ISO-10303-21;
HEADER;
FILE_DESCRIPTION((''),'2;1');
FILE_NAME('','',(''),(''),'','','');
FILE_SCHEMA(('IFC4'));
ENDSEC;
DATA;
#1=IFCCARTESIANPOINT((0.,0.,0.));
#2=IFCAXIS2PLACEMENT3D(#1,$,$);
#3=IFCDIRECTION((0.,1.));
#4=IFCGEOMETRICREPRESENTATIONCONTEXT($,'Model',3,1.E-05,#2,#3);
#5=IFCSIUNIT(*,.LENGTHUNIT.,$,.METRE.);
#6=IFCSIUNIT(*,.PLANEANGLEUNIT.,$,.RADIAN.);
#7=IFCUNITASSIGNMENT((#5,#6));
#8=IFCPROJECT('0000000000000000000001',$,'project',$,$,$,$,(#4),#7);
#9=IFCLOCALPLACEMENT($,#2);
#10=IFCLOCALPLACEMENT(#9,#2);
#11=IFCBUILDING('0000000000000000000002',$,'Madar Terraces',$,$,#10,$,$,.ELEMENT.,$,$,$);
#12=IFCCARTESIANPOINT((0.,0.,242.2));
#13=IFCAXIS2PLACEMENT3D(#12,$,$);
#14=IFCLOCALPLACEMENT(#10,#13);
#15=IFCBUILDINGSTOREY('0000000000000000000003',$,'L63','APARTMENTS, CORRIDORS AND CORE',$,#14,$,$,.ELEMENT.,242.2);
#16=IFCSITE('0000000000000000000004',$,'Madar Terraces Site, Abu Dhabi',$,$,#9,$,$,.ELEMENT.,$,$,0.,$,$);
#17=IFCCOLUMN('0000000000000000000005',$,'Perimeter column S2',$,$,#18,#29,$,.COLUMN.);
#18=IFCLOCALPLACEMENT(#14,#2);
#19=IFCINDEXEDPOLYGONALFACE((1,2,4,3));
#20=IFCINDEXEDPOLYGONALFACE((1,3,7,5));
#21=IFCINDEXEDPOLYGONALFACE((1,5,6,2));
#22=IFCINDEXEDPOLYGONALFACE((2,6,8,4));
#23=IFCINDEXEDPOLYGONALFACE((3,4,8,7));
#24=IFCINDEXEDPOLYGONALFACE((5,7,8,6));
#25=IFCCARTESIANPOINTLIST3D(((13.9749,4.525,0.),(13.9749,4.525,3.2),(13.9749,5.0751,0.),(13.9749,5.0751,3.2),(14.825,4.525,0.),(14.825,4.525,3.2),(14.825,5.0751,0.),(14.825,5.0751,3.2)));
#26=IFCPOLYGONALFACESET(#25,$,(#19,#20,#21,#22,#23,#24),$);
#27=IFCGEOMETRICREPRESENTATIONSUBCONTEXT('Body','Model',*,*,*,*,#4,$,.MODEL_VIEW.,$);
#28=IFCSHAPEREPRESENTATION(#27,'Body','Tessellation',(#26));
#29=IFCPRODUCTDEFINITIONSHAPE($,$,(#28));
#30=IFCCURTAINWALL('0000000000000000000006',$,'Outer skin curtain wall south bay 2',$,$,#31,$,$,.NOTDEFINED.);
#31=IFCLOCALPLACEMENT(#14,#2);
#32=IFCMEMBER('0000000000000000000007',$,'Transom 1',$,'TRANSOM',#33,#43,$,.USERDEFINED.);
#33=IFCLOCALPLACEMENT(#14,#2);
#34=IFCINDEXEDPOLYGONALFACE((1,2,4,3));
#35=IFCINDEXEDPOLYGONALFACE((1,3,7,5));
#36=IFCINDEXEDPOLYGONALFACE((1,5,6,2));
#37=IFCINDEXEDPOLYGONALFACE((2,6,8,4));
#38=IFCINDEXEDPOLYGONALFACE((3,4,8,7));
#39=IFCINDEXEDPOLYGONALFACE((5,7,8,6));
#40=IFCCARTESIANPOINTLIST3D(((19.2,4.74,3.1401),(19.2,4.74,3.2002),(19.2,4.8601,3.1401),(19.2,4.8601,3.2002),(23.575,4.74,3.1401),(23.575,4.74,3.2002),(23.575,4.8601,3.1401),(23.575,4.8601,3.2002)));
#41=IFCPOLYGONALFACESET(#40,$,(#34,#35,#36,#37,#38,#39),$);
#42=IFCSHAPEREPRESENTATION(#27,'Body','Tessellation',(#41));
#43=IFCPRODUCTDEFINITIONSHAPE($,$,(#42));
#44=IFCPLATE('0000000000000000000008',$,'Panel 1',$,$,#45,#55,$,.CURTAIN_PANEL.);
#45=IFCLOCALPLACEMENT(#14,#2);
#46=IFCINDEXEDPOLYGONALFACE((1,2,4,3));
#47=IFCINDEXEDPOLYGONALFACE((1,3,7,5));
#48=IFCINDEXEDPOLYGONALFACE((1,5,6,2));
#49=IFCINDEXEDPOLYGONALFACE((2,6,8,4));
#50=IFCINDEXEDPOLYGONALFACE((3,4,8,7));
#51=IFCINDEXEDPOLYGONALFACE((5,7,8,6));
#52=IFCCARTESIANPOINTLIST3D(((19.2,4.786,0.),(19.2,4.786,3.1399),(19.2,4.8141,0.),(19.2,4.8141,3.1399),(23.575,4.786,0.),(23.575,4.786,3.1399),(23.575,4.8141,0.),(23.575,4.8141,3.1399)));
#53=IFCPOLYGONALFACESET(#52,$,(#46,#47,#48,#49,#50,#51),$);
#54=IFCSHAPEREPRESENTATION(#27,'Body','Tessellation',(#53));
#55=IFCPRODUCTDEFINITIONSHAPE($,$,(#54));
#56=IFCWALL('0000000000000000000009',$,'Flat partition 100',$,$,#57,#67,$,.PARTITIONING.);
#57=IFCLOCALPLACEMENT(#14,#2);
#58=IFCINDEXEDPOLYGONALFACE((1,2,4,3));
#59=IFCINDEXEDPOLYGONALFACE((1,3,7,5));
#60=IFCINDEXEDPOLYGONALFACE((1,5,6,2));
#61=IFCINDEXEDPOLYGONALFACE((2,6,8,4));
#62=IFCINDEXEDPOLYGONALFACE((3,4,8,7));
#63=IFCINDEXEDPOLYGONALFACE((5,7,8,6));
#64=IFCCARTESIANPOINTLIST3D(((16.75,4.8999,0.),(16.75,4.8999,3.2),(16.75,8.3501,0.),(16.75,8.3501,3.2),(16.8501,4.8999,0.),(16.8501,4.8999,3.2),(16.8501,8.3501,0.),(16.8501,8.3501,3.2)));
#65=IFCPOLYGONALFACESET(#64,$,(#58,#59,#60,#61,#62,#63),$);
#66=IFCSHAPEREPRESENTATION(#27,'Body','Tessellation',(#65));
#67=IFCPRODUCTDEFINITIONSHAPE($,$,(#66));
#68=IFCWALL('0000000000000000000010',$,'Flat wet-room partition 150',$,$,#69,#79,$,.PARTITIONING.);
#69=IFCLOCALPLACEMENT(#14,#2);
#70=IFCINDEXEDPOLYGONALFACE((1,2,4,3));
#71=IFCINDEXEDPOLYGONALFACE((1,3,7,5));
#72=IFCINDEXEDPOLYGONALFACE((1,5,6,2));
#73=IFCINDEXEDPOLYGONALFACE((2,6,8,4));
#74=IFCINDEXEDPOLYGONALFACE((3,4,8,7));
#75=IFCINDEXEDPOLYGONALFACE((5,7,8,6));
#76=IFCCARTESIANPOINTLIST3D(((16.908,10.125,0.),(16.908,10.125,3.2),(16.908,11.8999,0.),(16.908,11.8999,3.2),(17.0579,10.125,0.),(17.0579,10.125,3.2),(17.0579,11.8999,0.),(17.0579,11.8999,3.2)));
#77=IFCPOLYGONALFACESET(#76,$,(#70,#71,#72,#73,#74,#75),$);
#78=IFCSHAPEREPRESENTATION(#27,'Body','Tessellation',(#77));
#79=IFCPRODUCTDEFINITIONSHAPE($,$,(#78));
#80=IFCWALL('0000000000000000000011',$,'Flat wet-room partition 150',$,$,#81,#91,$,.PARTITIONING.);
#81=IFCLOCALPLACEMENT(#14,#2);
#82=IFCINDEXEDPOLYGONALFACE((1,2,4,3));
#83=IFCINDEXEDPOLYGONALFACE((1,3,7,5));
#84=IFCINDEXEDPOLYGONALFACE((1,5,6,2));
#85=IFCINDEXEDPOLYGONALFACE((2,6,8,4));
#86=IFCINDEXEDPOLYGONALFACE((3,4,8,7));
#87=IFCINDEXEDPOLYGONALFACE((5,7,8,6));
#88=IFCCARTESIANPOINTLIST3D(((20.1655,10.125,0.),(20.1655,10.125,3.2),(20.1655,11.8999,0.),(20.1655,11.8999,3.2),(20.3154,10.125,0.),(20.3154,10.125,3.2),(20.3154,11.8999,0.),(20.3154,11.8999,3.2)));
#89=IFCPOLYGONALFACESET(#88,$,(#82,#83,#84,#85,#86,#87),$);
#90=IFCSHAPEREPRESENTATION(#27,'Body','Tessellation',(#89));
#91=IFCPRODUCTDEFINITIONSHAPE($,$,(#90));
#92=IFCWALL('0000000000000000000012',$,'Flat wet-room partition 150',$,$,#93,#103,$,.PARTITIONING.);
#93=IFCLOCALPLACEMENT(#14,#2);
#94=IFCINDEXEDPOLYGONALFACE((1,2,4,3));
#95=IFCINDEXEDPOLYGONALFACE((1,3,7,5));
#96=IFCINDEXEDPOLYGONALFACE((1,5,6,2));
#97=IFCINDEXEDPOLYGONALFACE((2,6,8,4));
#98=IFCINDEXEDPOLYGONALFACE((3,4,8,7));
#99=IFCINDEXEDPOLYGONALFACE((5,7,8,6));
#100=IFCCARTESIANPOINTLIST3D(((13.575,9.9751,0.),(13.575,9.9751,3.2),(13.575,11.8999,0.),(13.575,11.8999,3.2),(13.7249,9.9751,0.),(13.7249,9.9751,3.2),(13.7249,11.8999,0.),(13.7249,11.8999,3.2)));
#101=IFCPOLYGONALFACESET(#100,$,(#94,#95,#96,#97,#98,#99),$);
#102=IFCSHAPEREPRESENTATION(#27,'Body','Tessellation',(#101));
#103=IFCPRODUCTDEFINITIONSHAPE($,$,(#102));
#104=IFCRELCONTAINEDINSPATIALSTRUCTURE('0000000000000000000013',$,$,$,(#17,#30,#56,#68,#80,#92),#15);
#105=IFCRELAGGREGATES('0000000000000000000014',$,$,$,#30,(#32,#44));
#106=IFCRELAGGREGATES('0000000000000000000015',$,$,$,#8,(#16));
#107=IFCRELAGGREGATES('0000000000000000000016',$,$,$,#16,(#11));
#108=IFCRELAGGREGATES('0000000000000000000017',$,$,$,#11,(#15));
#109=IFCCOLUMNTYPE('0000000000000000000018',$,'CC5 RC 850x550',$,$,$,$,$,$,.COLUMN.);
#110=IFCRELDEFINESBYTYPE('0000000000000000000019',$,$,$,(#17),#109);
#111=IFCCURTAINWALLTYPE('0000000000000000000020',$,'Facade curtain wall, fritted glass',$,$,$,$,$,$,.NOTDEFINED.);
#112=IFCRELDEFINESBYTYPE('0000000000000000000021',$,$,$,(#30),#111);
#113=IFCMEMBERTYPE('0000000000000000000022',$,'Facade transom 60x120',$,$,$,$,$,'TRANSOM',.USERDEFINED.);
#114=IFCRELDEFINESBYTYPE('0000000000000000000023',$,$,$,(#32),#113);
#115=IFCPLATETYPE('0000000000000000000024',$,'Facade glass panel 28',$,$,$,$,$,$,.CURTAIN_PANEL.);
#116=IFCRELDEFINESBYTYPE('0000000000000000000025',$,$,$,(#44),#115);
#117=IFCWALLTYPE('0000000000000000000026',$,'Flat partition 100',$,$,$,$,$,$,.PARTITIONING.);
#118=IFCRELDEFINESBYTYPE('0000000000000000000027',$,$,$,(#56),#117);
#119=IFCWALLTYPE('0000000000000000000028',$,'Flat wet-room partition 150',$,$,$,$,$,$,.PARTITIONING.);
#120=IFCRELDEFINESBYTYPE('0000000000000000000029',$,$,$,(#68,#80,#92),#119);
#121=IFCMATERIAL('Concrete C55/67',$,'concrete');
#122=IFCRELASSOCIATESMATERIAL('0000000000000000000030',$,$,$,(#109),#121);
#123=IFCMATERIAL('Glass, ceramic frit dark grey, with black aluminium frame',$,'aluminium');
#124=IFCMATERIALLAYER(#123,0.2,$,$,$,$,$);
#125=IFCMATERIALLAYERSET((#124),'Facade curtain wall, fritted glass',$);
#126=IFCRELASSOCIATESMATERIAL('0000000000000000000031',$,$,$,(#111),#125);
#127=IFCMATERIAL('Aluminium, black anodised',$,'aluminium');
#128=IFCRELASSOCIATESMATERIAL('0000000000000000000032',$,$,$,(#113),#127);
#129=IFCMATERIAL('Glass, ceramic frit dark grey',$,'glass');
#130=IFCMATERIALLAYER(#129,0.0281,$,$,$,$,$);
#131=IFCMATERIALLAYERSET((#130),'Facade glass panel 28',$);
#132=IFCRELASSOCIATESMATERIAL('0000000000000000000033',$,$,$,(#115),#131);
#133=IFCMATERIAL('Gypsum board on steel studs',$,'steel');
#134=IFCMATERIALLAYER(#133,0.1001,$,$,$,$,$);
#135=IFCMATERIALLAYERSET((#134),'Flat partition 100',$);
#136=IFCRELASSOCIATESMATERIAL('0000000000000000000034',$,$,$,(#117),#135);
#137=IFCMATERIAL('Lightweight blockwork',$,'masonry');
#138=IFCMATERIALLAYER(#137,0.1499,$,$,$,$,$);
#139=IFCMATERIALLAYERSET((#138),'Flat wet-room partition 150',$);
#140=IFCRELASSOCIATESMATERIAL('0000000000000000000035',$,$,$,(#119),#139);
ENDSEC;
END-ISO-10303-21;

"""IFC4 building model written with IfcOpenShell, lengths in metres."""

from ifc_helpers import new_model, si_unit, direction, frame, frame_2d, origin, origin_2d, place, context, subcontext, project, spatial, rectangle, extrude, material, layer, layer_set, material_profile, profile_set, type_object, element, aggregate, save


model = new_model("IFC4")

# Units and contexts
model_context = context("Model", 3, precision=1e-05, world=origin(), true_north=direction((0.0, 1.0)))
body_context = subcontext(model_context, "Body", "Model", "MODEL_VIEW")
ifc_project = project(units=[si_unit("LENGTHUNIT", "METRE"), si_unit("PLANEANGLEUNIT", "RADIAN")], contexts=[model_context])

# Site, building, storey
site_placement = place(None, origin())
site = spatial("IfcSite", under=ifc_project, at=site_placement, Name="Madar Terraces Site, Abu Dhabi", CompositionType="ELEMENT", RefElevation=0.0)
building_placement = place(site_placement, origin())
building = spatial("IfcBuilding", under=site, at=building_placement, Name="Madar Terraces", CompositionType="ELEMENT")
storey_placement = place(building_placement, frame((0.0, 0.0, 242.2)))
storey = spatial("IfcBuildingStorey", under=building, at=storey_placement, Name="L63", Description="APARTMENTS, CORRIDORS AND CORE", CompositionType="ELEMENT", Elevation=242.2)

# Column
ifc_material_1 = material(Name="Concrete C55/67", Category="concrete")
ifc_material_profile_1 = material_profile(ifc_material_1, rectangle(XDim=0.8501, YDim=0.55, at=origin_2d()), Name="CC5 RC 850x550")
ifc_profile_set_1 = profile_set([ifc_material_profile_1], Name="Concrete C55/67")
column_type = type_object("IfcColumnType", Name="CC5 RC 850x550", PredefinedType="COLUMN", material=ifc_profile_set_1)
column_placement = place(storey_placement, frame((14.3999, 4.8, 0.0), z_axis=(0.0, 0.0, 1.0), x_axis=(1.0, 0.0, 0.0)))
element("IfcColumn", 1, at=column_placement, inside=storey, type_object=column_type, Name="Perimeter column S2", PredefinedType="COLUMN", context=body_context, shape_type="SweptSolid", body=[
    extrude(rectangle(XDim=0.8501, YDim=0.55, at=origin_2d()), origin(), (0.0, 0.0, 1.0), 3.2),
])

# Curtain wall, member, plate
ifc_material_2 = material(Name="Glass, ceramic frit dark grey, with black aluminium frame", Category="aluminium")
ifc_layer_1 = layer(ifc_material_2, 0.2)
ifc_layer_set_1 = layer_set([ifc_layer_1], Name="Facade curtain wall, fritted glass")
curtain_wall_type = type_object("IfcCurtainWallType", Name="Facade curtain wall, fritted glass", PredefinedType="NOTDEFINED", material=ifc_layer_set_1)
curtain_wall_placement = place(storey_placement, origin())
curtain_wall = element("IfcCurtainWall", 2, at=curtain_wall_placement, inside=storey, type_object=curtain_wall_type, Name="Outer skin curtain wall south bay 2", PredefinedType="NOTDEFINED")
ifc_material_3 = material(Name="Aluminium, black anodised", Category="aluminium")
ifc_material_profile_2 = material_profile(ifc_material_3, rectangle(XDim=0.1201, YDim=0.0601, at=origin_2d()), Name="Facade transom 60x120")
ifc_profile_set_2 = profile_set([ifc_material_profile_2], Name="Aluminium, black anodised")
member_type = type_object("IfcMemberType", Name="Facade transom 60x120", ElementType="TRANSOM", PredefinedType="USERDEFINED", material=ifc_profile_set_2)
member_placement = place(storey_placement, frame((19.2, 4.8, 3.1702), z_axis=(1.0, 0.0, 0.0), x_axis=(0.0, 1.0, 0.0)))
member = element("IfcMember", 3, at=member_placement, type_object=member_type, Name="Transom 1", ObjectType="TRANSOM", PredefinedType="USERDEFINED", context=body_context, shape_type="SweptSolid", body=[
    extrude(rectangle(XDim=0.1201, YDim=0.0601, at=origin_2d()), origin(), (0.0, 0.0, 1.0), 4.375),
])
ifc_material_4 = material(Name="Glass, ceramic frit dark grey", Category="glass")
ifc_layer_2 = layer(ifc_material_4, 0.0281)
ifc_layer_set_2 = layer_set([ifc_layer_2], Name="Facade glass panel 28")
plate_type = type_object("IfcPlateType", Name="Facade glass panel 28", PredefinedType="CURTAIN_PANEL", material=ifc_layer_set_2)
plate_placement = place(storey_placement, frame((21.3875, 4.8, 0.0), z_axis=(0.0, 0.0, 1.0), x_axis=(1.0, 0.0, 0.0)))
plate = element("IfcPlate", 4, at=plate_placement, type_object=plate_type, Name="Panel 1", PredefinedType="CURTAIN_PANEL", context=body_context, shape_type="SweptSolid", body=[
    extrude(rectangle(XDim=4.375, YDim=0.0281, at=origin_2d()), origin(), (0.0, 0.0, 1.0), 3.1399),
])
aggregate(curtain_wall, [member, plate])

# Walls
ifc_material_5 = material(Name="Gypsum board on steel studs", Category="steel")
ifc_layer_3 = layer(ifc_material_5, 0.1001)
ifc_layer_set_3 = layer_set([ifc_layer_3], Name="Flat partition 100")
wall_type_1 = type_object("IfcWallType", Name="Flat partition 100", PredefinedType="PARTITIONING", material=ifc_layer_set_3)
wall_1_placement = place(storey_placement, frame((16.8, 8.3501, 0.0), z_axis=(0.0, 0.0, 1.0), x_axis=(0.0, -1.0, 0.0)))
element("IfcWall", 5, at=wall_1_placement, inside=storey, type_object=wall_type_1, Name="Flat partition 100", PredefinedType="PARTITIONING", context=body_context, shape_type="SweptSolid", body=[
    extrude(rectangle(XDim=3.4502, YDim=0.1001, at=frame_2d((1.7251, 0.0))), origin(), (0.0, 0.0, 1.0), 3.2),
])
ifc_material_6 = material(Name="Lightweight blockwork", Category="masonry")
ifc_layer_4 = layer(ifc_material_6, 0.1499)
ifc_layer_set_4 = layer_set([ifc_layer_4], Name="Flat wet-room partition 150")
wall_type_2 = type_object("IfcWallType", Name="Flat wet-room partition 150", PredefinedType="PARTITIONING", material=ifc_layer_set_4)
for number, where, z_axis, x_axis, name in (
    (6, (16.9829, 11.8999, 0.0), (0.0, 0.0, 1.0), (0.0, -1.0, 0.0), "Flat wet-room partition 150"),
    (7, (20.2405, 11.8999, 0.0), (0.0, 0.0, 1.0), (0.0, -1.0, 0.0), "Flat wet-room partition 150"),
):
    element("IfcWall", number, at=place(storey_placement, frame(where, z_axis=z_axis, x_axis=x_axis)), inside=storey, type_object=wall_type_2, Name=name, PredefinedType="PARTITIONING", context=body_context, shape_type="SweptSolid", body=[
        extrude(rectangle(XDim=1.7749, YDim=0.1499, at=frame_2d((0.8875, 0.0))), origin(), (0.0, 0.0, 1.0), 3.2),
    ])
wall_2_placement = place(storey_placement, frame((13.6499, 11.8999, 0.0), z_axis=(0.0, 0.0, 1.0), x_axis=(0.0, -1.0, 0.0)))
element("IfcWall", 8, at=wall_2_placement, inside=storey, type_object=wall_type_2, Name="Flat wet-room partition 150", PredefinedType="PARTITIONING", context=body_context, shape_type="SweptSolid", body=[
    extrude(rectangle(XDim=1.9248, YDim=0.1499, at=frame_2d((0.9624, 0.0))), origin(), (0.0, 0.0, 1.0), 3.2),
])

save(model, "model.ifc")
